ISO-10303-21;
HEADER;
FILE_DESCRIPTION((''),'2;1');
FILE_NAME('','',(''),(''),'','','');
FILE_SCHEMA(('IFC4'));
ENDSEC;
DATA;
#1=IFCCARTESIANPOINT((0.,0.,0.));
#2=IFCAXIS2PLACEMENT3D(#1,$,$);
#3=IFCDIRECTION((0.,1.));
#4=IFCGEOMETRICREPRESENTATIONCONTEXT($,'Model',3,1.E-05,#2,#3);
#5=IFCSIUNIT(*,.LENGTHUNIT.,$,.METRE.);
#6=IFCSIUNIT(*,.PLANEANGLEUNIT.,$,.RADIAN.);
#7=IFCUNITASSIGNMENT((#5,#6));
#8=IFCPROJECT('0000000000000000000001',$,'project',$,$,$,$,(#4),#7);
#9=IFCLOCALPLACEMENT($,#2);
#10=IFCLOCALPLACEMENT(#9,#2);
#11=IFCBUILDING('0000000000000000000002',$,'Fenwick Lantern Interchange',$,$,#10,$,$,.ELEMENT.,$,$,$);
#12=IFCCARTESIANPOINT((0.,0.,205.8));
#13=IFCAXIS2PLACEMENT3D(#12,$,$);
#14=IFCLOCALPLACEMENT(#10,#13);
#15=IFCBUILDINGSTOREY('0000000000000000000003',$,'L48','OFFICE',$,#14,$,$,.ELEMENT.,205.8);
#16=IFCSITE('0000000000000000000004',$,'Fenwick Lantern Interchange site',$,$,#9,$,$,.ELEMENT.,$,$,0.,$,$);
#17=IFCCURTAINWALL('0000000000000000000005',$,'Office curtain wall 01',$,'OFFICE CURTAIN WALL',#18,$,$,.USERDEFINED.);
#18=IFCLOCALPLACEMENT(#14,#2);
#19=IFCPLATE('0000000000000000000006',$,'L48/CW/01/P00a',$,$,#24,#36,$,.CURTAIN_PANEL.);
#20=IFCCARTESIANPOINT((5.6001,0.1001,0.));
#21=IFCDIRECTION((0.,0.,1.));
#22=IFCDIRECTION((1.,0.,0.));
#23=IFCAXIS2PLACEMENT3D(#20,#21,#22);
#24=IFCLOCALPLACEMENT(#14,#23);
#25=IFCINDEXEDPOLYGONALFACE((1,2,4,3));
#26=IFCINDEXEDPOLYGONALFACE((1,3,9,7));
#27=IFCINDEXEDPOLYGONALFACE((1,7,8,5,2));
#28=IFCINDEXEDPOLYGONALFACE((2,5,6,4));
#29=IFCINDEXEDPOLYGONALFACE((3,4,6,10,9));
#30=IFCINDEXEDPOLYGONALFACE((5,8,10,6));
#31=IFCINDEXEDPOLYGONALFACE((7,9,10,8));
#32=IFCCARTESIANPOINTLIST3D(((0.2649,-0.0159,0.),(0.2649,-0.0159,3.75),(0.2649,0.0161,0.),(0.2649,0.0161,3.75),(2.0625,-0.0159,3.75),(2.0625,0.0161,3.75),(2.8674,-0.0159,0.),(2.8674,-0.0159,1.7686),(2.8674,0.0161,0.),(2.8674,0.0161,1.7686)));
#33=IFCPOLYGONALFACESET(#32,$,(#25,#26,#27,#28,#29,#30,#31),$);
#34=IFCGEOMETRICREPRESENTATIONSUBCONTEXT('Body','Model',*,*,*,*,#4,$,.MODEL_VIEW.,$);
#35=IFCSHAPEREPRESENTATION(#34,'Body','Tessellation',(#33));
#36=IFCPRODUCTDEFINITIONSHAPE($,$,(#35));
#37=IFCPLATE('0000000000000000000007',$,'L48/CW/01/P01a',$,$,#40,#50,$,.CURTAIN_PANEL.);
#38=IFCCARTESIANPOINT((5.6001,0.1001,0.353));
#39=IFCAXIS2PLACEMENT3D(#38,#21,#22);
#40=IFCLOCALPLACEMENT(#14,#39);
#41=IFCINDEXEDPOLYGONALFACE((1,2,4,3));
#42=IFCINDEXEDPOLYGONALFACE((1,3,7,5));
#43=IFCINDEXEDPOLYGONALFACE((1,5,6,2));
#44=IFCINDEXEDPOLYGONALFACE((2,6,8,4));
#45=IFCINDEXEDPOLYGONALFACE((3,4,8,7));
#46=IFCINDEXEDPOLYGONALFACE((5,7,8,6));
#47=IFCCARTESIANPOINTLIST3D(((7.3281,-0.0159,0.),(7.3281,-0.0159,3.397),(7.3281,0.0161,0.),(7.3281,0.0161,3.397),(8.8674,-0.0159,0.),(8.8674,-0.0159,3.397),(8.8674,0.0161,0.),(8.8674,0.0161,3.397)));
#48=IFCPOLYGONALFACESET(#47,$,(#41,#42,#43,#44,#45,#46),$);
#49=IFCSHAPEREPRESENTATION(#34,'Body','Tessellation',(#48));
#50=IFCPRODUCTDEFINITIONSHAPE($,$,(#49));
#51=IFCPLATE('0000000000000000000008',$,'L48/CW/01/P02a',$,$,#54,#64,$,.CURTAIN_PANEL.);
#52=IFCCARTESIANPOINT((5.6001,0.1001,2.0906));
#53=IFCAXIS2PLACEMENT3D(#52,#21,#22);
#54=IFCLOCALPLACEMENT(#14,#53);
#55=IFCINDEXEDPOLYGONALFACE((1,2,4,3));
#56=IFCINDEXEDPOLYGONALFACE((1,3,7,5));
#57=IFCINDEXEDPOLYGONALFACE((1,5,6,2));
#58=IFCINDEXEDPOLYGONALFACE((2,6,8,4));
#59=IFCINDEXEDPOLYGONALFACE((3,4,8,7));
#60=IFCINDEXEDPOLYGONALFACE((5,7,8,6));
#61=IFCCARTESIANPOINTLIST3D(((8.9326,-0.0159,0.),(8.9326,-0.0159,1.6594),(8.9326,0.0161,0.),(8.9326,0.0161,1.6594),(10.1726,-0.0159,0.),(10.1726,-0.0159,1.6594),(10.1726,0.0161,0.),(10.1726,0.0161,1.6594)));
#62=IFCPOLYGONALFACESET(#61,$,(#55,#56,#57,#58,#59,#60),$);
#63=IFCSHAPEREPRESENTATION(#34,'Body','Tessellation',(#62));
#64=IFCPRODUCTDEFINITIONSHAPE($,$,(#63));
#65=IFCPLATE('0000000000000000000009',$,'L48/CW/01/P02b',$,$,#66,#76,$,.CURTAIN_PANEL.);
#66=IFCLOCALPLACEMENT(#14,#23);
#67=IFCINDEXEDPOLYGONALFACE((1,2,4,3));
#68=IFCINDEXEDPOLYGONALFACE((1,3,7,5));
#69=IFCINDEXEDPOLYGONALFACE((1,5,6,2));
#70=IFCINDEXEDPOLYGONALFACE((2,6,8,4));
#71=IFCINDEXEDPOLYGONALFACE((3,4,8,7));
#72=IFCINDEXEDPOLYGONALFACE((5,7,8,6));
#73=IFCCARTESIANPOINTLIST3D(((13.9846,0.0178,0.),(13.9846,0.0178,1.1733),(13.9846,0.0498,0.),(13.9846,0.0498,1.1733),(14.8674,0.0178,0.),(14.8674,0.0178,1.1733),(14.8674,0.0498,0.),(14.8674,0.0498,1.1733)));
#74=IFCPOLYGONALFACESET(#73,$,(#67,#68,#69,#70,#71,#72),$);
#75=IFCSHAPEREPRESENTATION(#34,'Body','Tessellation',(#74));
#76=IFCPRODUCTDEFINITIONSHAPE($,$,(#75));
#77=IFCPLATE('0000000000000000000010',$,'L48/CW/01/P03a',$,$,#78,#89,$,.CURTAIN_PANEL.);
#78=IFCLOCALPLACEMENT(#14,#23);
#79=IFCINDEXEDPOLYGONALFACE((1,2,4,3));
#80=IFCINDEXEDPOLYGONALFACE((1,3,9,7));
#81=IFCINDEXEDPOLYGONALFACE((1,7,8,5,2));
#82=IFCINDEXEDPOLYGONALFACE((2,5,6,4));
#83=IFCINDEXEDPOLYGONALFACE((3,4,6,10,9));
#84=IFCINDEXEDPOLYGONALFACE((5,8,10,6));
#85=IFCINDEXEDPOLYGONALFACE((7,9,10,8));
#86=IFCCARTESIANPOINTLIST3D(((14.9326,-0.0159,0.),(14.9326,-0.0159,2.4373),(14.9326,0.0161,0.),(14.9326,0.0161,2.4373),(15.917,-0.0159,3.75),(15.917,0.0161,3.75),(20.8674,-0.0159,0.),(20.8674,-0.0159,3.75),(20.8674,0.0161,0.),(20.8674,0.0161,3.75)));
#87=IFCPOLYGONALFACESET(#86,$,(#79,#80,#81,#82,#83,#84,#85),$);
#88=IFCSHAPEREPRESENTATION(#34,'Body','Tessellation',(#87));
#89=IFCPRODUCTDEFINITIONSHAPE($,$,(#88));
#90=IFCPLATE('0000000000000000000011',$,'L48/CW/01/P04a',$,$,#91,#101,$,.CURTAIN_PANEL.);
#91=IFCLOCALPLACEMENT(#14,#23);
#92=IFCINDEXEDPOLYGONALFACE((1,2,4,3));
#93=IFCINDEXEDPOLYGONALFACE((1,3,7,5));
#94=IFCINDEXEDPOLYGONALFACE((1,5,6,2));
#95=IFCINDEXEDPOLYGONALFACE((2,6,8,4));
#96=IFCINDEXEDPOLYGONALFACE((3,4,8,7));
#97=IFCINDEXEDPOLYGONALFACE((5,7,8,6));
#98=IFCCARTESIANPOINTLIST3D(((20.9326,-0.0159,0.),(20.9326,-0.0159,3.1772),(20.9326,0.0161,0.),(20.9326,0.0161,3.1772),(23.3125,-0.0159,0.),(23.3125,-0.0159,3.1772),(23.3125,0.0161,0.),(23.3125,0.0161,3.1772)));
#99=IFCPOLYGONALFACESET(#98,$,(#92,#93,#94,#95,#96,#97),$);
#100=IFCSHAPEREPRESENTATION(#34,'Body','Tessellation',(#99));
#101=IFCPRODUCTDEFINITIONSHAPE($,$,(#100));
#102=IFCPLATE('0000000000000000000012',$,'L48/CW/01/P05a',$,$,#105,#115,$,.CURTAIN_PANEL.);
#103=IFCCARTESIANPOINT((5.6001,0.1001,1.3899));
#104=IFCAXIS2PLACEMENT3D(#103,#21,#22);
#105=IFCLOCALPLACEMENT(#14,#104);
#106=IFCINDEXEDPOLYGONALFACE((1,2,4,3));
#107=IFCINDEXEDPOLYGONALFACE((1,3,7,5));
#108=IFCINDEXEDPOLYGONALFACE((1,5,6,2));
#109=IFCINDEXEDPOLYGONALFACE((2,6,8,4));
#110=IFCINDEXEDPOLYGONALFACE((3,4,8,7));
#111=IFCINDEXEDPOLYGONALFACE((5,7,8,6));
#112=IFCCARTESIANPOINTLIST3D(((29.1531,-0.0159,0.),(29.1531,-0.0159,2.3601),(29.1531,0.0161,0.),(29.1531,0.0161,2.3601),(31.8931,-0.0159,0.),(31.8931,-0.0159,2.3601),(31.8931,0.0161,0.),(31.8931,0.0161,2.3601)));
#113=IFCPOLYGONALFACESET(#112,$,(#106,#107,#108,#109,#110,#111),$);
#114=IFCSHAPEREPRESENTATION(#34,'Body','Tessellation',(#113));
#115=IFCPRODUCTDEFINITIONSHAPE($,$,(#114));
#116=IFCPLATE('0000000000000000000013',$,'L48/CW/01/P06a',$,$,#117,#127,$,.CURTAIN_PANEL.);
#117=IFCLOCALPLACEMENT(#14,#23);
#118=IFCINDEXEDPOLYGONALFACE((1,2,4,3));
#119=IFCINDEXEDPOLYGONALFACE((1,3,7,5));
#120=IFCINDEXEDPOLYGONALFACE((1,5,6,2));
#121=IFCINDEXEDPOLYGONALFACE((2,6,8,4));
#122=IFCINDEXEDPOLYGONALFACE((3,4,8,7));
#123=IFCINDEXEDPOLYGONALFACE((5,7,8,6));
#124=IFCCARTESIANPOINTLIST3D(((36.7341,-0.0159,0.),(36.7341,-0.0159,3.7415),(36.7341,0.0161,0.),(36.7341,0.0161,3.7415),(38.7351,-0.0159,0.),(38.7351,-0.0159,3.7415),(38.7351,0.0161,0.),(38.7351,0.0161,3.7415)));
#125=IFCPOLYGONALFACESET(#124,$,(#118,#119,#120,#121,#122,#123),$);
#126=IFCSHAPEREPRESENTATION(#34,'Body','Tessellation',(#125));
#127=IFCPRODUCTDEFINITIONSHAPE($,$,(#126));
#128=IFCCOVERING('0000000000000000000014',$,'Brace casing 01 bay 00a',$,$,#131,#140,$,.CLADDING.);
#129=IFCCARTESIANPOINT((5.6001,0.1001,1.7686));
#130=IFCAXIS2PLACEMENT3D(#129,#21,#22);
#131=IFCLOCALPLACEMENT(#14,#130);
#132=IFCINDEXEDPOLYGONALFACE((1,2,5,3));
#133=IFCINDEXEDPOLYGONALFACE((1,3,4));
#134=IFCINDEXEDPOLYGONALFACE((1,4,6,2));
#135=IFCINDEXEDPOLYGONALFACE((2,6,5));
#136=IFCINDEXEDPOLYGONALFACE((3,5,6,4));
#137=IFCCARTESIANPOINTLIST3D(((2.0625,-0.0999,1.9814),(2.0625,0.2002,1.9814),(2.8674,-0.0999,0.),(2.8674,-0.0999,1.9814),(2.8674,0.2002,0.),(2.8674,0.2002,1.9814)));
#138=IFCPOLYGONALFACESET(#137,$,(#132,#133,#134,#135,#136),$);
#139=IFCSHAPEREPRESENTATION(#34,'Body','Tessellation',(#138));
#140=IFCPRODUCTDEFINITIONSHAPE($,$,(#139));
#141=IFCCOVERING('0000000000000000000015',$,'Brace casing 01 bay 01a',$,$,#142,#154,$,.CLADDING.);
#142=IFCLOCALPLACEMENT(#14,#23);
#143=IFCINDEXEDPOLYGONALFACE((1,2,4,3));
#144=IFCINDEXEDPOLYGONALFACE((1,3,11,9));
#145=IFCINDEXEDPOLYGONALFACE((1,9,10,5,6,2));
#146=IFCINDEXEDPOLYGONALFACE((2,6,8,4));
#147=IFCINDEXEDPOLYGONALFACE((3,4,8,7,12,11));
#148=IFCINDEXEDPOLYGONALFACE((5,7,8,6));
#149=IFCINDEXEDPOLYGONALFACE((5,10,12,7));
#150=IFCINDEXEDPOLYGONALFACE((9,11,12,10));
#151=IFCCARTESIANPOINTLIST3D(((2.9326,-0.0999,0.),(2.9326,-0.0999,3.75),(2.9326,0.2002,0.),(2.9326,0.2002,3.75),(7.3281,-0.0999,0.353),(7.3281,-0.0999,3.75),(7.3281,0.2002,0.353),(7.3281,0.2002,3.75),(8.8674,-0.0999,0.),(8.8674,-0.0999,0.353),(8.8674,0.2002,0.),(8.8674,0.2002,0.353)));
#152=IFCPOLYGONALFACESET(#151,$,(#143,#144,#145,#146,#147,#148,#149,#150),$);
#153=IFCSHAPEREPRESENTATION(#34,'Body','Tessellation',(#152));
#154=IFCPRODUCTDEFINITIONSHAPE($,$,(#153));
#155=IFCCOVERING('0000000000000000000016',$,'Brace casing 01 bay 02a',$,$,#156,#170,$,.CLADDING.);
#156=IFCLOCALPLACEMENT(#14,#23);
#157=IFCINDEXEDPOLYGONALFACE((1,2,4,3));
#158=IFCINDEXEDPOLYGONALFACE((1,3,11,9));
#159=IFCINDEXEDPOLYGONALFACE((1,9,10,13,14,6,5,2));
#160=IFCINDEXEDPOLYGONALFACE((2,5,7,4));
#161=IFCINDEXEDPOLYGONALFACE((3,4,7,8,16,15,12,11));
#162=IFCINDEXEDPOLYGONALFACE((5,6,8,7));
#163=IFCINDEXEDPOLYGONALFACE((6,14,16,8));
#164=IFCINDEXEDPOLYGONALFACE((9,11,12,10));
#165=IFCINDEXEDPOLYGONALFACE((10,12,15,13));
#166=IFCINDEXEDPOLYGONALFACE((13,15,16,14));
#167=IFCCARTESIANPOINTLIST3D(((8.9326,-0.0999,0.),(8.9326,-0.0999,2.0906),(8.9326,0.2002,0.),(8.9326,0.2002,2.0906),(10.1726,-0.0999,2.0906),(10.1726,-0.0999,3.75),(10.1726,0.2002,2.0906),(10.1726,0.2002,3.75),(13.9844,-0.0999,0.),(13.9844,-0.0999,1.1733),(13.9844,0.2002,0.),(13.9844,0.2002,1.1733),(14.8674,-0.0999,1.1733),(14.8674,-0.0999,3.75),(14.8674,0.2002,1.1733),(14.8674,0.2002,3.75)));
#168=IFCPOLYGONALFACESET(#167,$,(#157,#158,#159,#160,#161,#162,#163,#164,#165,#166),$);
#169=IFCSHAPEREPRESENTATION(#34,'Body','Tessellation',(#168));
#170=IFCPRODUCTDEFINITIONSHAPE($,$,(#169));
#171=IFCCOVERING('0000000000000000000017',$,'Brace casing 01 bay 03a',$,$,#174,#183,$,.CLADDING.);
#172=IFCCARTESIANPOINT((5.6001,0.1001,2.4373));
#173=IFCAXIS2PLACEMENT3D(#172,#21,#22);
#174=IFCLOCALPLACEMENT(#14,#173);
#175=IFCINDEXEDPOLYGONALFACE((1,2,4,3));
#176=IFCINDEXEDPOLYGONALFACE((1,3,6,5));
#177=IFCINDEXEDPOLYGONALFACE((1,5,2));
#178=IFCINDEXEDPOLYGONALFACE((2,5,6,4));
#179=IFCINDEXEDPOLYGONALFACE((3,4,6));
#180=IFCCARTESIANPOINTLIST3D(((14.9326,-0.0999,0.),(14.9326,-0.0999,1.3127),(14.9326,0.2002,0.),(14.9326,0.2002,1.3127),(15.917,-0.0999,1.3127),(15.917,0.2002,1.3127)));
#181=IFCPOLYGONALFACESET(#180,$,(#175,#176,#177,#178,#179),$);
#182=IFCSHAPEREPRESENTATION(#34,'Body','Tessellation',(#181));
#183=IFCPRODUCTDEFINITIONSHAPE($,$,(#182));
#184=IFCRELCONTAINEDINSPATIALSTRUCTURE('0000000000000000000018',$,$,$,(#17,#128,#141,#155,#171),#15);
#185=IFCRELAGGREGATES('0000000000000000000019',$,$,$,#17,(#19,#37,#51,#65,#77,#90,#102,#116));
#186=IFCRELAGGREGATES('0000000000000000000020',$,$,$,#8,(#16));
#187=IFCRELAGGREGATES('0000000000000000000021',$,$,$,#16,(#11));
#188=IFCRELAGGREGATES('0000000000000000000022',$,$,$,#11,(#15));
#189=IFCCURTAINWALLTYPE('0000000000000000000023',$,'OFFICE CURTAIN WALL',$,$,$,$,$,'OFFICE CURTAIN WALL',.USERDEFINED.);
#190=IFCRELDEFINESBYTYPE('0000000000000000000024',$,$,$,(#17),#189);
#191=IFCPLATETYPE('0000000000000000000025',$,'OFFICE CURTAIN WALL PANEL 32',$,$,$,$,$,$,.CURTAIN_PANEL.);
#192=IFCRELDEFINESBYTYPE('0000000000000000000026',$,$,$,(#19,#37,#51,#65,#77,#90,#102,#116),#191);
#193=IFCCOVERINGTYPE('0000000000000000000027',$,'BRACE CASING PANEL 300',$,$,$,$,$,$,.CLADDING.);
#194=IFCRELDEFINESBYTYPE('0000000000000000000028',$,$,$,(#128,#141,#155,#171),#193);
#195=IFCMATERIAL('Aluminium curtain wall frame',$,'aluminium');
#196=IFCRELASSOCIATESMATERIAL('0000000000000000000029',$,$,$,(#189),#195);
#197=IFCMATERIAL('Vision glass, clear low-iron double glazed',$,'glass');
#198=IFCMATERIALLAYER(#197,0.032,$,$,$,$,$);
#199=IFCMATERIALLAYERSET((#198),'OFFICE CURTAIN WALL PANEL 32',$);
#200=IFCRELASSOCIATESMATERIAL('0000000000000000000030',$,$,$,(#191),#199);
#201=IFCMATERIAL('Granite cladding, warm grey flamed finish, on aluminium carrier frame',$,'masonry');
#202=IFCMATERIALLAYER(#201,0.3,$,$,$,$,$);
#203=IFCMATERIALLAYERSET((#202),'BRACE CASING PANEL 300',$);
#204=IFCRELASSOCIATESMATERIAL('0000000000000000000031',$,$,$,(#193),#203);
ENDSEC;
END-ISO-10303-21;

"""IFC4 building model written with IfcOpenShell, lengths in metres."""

from ifc_helpers import new_model, si_unit, direction, frame, origin, place, context, subcontext, project, spatial, polyline, outline, extrude, material, layer, layer_set, type_object, element, aggregate, save


model = new_model("IFC4")

# Units and contexts
model_context = context("Model", 3, precision=1e-05, world=origin(), true_north=direction((0.0, 1.0)))
body_context = subcontext(model_context, "Body", "Model", "MODEL_VIEW")
ifc_project = project(units=[si_unit("LENGTHUNIT", "METRE"), si_unit("PLANEANGLEUNIT", "RADIAN")], contexts=[model_context])

# Site, building, storey
site_placement = place(None, origin())
site = spatial("IfcSite", under=ifc_project, at=site_placement, Name="Fenwick Lantern Interchange site", CompositionType="ELEMENT", RefElevation=0.0)
building_placement = place(site_placement, origin())
building = spatial("IfcBuilding", under=site, at=building_placement, Name="Fenwick Lantern Interchange", CompositionType="ELEMENT")
storey_placement = place(building_placement, frame((0.0, 0.0, 205.8)))
storey = spatial("IfcBuildingStorey", under=building, at=storey_placement, Name="L48", Description="OFFICE", CompositionType="ELEMENT", Elevation=205.8)

# Shared definitions
ifc_material_1 = material(Name="Aluminium curtain wall frame", Category="aluminium")
curtain_wall_type = type_object("IfcCurtainWallType", Name="OFFICE CURTAIN WALL", ElementType="OFFICE CURTAIN WALL", PredefinedType="USERDEFINED", material=ifc_material_1)

# Curtain wall, plates
curtain_wall_1_placement = place(storey_placement, origin())
curtain_wall_1 = element("IfcCurtainWall", 1, at=curtain_wall_1_placement, inside=storey, type_object=curtain_wall_type, Name="Office curtain wall 01", ObjectType="OFFICE CURTAIN WALL", PredefinedType="USERDEFINED")
ifc_material_2 = material(Name="Vision glass, clear low-iron double glazed", Category="glass")
ifc_layer_1 = layer(ifc_material_2, 0.032)
ifc_layer_set_1 = layer_set([ifc_layer_1], Name="OFFICE CURTAIN WALL PANEL 32")
plate_type = type_object("IfcPlateType", Name="OFFICE CURTAIN WALL PANEL 32", PredefinedType="CURTAIN_PANEL", material=ifc_layer_set_1)
plate_1_placement = place(storey_placement, frame((5.6001, 0.1001, 0.0), z_axis=(0.0, 0.0, 1.0), x_axis=(1.0, 0.0, 0.0)))
plate_1 = element("IfcPlate", 2, at=plate_1_placement, type_object=plate_type, Name="L48/CW/01/P00a", PredefinedType="CURTAIN_PANEL", context=body_context, shape_type="SweptSolid", body=[
    extrude(outline(polyline([(0.2649, 0.0), (2.8674, 0.0), (2.8674, 1.7686), (2.0625, 3.75), (0.2649, 3.75), (0.2649, 0.0)])), frame((0.0, 0.0161, 0.0), z_axis=(0.0, -1.0, 0.0), x_axis=(1.0, 0.0, 0.0)), (0.0, 0.0, 1.0), 0.032),
])
plate_2_placement = place(storey_placement, frame((5.6001, 0.1001, 0.353), z_axis=(0.0, 0.0, 1.0), x_axis=(1.0, 0.0, 0.0)))
plate_2 = element("IfcPlate", 3, at=plate_2_placement, type_object=plate_type, Name="L48/CW/01/P01a", PredefinedType="CURTAIN_PANEL", context=body_context, shape_type="SweptSolid", body=[
    extrude(outline(polyline([(7.3281, 0.0), (8.8674, 0.0), (8.8674, 3.397), (7.3281, 3.397), (7.3281, 0.0)])), frame((0.0, 0.0161, 0.0), z_axis=(0.0, -1.0, 0.0), x_axis=(1.0, 0.0, 0.0)), (0.0, 0.0, 1.0), 0.032),
])
plate_3_placement = place(storey_placement, frame((5.6001, 0.1001, 2.0906), z_axis=(0.0, 0.0, 1.0), x_axis=(1.0, 0.0, 0.0)))
plate_3 = element("IfcPlate", 4, at=plate_3_placement, type_object=plate_type, Name="L48/CW/01/P02a", PredefinedType="CURTAIN_PANEL", context=body_context, shape_type="SweptSolid", body=[
    extrude(outline(polyline([(8.9326, 0.0), (10.1726, 0.0), (10.1726, 1.6594), (8.9326, 1.6594), (8.9326, 0.0)])), frame((0.0, 0.0161, 0.0), z_axis=(0.0, -1.0, 0.0), x_axis=(1.0, 0.0, 0.0)), (0.0, 0.0, 1.0), 0.032),
])
plate_4_placement = place(storey_placement, frame((5.6001, 0.1001, 0.0), z_axis=(0.0, 0.0, 1.0), x_axis=(1.0, 0.0, 0.0)))
plate_4 = element("IfcPlate", 5, at=plate_4_placement, type_object=plate_type, Name="L48/CW/01/P02b", PredefinedType="CURTAIN_PANEL", context=body_context, shape_type="SweptSolid", body=[
    extrude(outline(polyline([(13.9846, 0.0), (14.8674, 0.0), (14.8674, 1.1733), (13.9846, 1.1733), (13.9846, 0.0)])), frame((0.0, 0.0498, 0.0), z_axis=(0.0, -1.0, 0.0), x_axis=(1.0, 0.0, 0.0)), (0.0, 0.0, 1.0), 0.032),
])
plate_5_placement = place(storey_placement, frame((5.6001, 0.1001, 0.0), z_axis=(0.0, 0.0, 1.0), x_axis=(1.0, 0.0, 0.0)))
plate_5 = element("IfcPlate", 6, at=plate_5_placement, type_object=plate_type, Name="L48/CW/01/P03a", PredefinedType="CURTAIN_PANEL", context=body_context, shape_type="SweptSolid", body=[
    extrude(outline(polyline([(14.9326, 0.0), (20.8674, 0.0), (20.8674, 3.75), (15.917, 3.75), (14.9326, 2.4373), (14.9326, 0.0)])), frame((0.0, 0.0161, 0.0), z_axis=(0.0, -1.0, 0.0), x_axis=(1.0, 0.0, 0.0)), (0.0, 0.0, 1.0), 0.032),
])
plate_6_placement = place(storey_placement, frame((5.6001, 0.1001, 0.0), z_axis=(0.0, 0.0, 1.0), x_axis=(1.0, 0.0, 0.0)))
plate_6 = element("IfcPlate", 7, at=plate_6_placement, type_object=plate_type, Name="L48/CW/01/P04a", PredefinedType="CURTAIN_PANEL", context=body_context, shape_type="SweptSolid", body=[
    extrude(outline(polyline([(20.9326, 0.0), (23.3125, 0.0), (23.3125, 3.1772), (20.9326, 3.1772), (20.9326, 0.0)])), frame((0.0, 0.0161, 0.0), z_axis=(0.0, -1.0, 0.0), x_axis=(1.0, 0.0, 0.0)), (0.0, 0.0, 1.0), 0.032),
])
plate_7_placement = place(storey_placement, frame((5.6001, 0.1001, 1.3899), z_axis=(0.0, 0.0, 1.0), x_axis=(1.0, 0.0, 0.0)))
plate_7 = element("IfcPlate", 8, at=plate_7_placement, type_object=plate_type, Name="L48/CW/01/P05a", PredefinedType="CURTAIN_PANEL", context=body_context, shape_type="SweptSolid", body=[
    extrude(outline(polyline([(29.1531, 0.0), (31.8931, 0.0), (31.8931, 2.3601), (29.1531, 2.3601), (29.1531, 0.0)])), frame((0.0, 0.0161, 0.0), z_axis=(0.0, -1.0, 0.0), x_axis=(1.0, 0.0, 0.0)), (0.0, 0.0, 1.0), 0.032),
])
plate_8_placement = place(storey_placement, frame((5.6001, 0.1001, 0.0), z_axis=(0.0, 0.0, 1.0), x_axis=(1.0, 0.0, 0.0)))
plate_8 = element("IfcPlate", 9, at=plate_8_placement, type_object=plate_type, Name="L48/CW/01/P06a", PredefinedType="CURTAIN_PANEL", context=body_context, shape_type="SweptSolid", body=[
    extrude(outline(polyline([(36.7341, 0.0), (38.7351, 0.0), (38.7351, 3.7415), (36.7341, 3.7415), (36.7341, 0.0)])), frame((0.0, 0.0161, 0.0), z_axis=(0.0, -1.0, 0.0), x_axis=(1.0, 0.0, 0.0)), (0.0, 0.0, 1.0), 0.032),
])
aggregate(curtain_wall_1, [plate_1, plate_2, plate_3, plate_4, plate_5, plate_6, plate_7, plate_8])

# Coverings
ifc_material_3 = material(Name="Granite cladding, warm grey flamed finish, on aluminium carrier frame", Category="masonry")
ifc_layer_2 = layer(ifc_material_3, 0.3)
ifc_layer_set_2 = layer_set([ifc_layer_2], Name="BRACE CASING PANEL 300")
covering_type = type_object("IfcCoveringType", Name="BRACE CASING PANEL 300", PredefinedType="CLADDING", material=ifc_layer_set_2)
covering_1_placement = place(storey_placement, frame((5.6001, 0.1001, 1.7686), z_axis=(0.0, 0.0, 1.0), x_axis=(1.0, 0.0, 0.0)))
element("IfcCovering", 10, at=covering_1_placement, inside=storey, type_object=covering_type, Name="Brace casing 01 bay 00a", PredefinedType="CLADDING", context=body_context, shape_type="SweptSolid", body=[
    extrude(outline(polyline([(2.8674, 0.0), (2.8674, 1.9814), (2.0625, 1.9814), (2.8674, 0.0)])), frame((0.0, 0.2002, 0.0), z_axis=(0.0, -1.0, 0.0), x_axis=(1.0, 0.0, 0.0)), (0.0, 0.0, 1.0), 0.3),
])
covering_2_placement = place(storey_placement, frame((5.6001, 0.1001, 0.0), z_axis=(0.0, 0.0, 1.0), x_axis=(1.0, 0.0, 0.0)))
element("IfcCovering", 11, at=covering_2_placement, inside=storey, type_object=covering_type, Name="Brace casing 01 bay 01a", PredefinedType="CLADDING", context=body_context, shape_type="SweptSolid", body=[
    extrude(outline(polyline([(2.9326, 0.0), (8.8674, 0.0), (8.8674, 0.353), (7.3281, 0.353), (7.3281, 3.75), (2.9326, 3.75), (2.9326, 0.0)])), frame((0.0, 0.2002, 0.0), z_axis=(0.0, -1.0, 0.0), x_axis=(1.0, 0.0, 0.0)), (0.0, 0.0, 1.0), 0.3),
])
covering_3_placement = place(storey_placement, frame((5.6001, 0.1001, 0.0), z_axis=(0.0, 0.0, 1.0), x_axis=(1.0, 0.0, 0.0)))
element("IfcCovering", 12, at=covering_3_placement, inside=storey, type_object=covering_type, Name="Brace casing 01 bay 02a", PredefinedType="CLADDING", context=body_context, shape_type="SweptSolid", body=[
    extrude(outline(polyline([(8.9326, 0.0), (13.9844, 0.0), (13.9844, 1.1733), (14.8674, 1.1733), (14.8674, 3.75), (10.1726, 3.75), (10.1726, 2.0906), (8.9326, 2.0906), (8.9326, 0.0)])), frame((0.0, 0.2002, 0.0), z_axis=(0.0, -1.0, 0.0), x_axis=(1.0, 0.0, 0.0)), (0.0, 0.0, 1.0), 0.3),
])
covering_4_placement = place(storey_placement, frame((5.6001, 0.1001, 2.4373), z_axis=(0.0, 0.0, 1.0), x_axis=(1.0, 0.0, 0.0)))
element("IfcCovering", 13, at=covering_4_placement, inside=storey, type_object=covering_type, Name="Brace casing 01 bay 03a", PredefinedType="CLADDING", context=body_context, shape_type="SweptSolid", body=[
    extrude(outline(polyline([(14.9326, 0.0), (15.917, 1.3127), (14.9326, 1.3127), (14.9326, 0.0)])), frame((0.0, 0.2002, 0.0), z_axis=(0.0, -1.0, 0.0), x_axis=(1.0, 0.0, 0.0)), (0.0, 0.0, 1.0), 0.3),
])

save(model, "model.ifc")
